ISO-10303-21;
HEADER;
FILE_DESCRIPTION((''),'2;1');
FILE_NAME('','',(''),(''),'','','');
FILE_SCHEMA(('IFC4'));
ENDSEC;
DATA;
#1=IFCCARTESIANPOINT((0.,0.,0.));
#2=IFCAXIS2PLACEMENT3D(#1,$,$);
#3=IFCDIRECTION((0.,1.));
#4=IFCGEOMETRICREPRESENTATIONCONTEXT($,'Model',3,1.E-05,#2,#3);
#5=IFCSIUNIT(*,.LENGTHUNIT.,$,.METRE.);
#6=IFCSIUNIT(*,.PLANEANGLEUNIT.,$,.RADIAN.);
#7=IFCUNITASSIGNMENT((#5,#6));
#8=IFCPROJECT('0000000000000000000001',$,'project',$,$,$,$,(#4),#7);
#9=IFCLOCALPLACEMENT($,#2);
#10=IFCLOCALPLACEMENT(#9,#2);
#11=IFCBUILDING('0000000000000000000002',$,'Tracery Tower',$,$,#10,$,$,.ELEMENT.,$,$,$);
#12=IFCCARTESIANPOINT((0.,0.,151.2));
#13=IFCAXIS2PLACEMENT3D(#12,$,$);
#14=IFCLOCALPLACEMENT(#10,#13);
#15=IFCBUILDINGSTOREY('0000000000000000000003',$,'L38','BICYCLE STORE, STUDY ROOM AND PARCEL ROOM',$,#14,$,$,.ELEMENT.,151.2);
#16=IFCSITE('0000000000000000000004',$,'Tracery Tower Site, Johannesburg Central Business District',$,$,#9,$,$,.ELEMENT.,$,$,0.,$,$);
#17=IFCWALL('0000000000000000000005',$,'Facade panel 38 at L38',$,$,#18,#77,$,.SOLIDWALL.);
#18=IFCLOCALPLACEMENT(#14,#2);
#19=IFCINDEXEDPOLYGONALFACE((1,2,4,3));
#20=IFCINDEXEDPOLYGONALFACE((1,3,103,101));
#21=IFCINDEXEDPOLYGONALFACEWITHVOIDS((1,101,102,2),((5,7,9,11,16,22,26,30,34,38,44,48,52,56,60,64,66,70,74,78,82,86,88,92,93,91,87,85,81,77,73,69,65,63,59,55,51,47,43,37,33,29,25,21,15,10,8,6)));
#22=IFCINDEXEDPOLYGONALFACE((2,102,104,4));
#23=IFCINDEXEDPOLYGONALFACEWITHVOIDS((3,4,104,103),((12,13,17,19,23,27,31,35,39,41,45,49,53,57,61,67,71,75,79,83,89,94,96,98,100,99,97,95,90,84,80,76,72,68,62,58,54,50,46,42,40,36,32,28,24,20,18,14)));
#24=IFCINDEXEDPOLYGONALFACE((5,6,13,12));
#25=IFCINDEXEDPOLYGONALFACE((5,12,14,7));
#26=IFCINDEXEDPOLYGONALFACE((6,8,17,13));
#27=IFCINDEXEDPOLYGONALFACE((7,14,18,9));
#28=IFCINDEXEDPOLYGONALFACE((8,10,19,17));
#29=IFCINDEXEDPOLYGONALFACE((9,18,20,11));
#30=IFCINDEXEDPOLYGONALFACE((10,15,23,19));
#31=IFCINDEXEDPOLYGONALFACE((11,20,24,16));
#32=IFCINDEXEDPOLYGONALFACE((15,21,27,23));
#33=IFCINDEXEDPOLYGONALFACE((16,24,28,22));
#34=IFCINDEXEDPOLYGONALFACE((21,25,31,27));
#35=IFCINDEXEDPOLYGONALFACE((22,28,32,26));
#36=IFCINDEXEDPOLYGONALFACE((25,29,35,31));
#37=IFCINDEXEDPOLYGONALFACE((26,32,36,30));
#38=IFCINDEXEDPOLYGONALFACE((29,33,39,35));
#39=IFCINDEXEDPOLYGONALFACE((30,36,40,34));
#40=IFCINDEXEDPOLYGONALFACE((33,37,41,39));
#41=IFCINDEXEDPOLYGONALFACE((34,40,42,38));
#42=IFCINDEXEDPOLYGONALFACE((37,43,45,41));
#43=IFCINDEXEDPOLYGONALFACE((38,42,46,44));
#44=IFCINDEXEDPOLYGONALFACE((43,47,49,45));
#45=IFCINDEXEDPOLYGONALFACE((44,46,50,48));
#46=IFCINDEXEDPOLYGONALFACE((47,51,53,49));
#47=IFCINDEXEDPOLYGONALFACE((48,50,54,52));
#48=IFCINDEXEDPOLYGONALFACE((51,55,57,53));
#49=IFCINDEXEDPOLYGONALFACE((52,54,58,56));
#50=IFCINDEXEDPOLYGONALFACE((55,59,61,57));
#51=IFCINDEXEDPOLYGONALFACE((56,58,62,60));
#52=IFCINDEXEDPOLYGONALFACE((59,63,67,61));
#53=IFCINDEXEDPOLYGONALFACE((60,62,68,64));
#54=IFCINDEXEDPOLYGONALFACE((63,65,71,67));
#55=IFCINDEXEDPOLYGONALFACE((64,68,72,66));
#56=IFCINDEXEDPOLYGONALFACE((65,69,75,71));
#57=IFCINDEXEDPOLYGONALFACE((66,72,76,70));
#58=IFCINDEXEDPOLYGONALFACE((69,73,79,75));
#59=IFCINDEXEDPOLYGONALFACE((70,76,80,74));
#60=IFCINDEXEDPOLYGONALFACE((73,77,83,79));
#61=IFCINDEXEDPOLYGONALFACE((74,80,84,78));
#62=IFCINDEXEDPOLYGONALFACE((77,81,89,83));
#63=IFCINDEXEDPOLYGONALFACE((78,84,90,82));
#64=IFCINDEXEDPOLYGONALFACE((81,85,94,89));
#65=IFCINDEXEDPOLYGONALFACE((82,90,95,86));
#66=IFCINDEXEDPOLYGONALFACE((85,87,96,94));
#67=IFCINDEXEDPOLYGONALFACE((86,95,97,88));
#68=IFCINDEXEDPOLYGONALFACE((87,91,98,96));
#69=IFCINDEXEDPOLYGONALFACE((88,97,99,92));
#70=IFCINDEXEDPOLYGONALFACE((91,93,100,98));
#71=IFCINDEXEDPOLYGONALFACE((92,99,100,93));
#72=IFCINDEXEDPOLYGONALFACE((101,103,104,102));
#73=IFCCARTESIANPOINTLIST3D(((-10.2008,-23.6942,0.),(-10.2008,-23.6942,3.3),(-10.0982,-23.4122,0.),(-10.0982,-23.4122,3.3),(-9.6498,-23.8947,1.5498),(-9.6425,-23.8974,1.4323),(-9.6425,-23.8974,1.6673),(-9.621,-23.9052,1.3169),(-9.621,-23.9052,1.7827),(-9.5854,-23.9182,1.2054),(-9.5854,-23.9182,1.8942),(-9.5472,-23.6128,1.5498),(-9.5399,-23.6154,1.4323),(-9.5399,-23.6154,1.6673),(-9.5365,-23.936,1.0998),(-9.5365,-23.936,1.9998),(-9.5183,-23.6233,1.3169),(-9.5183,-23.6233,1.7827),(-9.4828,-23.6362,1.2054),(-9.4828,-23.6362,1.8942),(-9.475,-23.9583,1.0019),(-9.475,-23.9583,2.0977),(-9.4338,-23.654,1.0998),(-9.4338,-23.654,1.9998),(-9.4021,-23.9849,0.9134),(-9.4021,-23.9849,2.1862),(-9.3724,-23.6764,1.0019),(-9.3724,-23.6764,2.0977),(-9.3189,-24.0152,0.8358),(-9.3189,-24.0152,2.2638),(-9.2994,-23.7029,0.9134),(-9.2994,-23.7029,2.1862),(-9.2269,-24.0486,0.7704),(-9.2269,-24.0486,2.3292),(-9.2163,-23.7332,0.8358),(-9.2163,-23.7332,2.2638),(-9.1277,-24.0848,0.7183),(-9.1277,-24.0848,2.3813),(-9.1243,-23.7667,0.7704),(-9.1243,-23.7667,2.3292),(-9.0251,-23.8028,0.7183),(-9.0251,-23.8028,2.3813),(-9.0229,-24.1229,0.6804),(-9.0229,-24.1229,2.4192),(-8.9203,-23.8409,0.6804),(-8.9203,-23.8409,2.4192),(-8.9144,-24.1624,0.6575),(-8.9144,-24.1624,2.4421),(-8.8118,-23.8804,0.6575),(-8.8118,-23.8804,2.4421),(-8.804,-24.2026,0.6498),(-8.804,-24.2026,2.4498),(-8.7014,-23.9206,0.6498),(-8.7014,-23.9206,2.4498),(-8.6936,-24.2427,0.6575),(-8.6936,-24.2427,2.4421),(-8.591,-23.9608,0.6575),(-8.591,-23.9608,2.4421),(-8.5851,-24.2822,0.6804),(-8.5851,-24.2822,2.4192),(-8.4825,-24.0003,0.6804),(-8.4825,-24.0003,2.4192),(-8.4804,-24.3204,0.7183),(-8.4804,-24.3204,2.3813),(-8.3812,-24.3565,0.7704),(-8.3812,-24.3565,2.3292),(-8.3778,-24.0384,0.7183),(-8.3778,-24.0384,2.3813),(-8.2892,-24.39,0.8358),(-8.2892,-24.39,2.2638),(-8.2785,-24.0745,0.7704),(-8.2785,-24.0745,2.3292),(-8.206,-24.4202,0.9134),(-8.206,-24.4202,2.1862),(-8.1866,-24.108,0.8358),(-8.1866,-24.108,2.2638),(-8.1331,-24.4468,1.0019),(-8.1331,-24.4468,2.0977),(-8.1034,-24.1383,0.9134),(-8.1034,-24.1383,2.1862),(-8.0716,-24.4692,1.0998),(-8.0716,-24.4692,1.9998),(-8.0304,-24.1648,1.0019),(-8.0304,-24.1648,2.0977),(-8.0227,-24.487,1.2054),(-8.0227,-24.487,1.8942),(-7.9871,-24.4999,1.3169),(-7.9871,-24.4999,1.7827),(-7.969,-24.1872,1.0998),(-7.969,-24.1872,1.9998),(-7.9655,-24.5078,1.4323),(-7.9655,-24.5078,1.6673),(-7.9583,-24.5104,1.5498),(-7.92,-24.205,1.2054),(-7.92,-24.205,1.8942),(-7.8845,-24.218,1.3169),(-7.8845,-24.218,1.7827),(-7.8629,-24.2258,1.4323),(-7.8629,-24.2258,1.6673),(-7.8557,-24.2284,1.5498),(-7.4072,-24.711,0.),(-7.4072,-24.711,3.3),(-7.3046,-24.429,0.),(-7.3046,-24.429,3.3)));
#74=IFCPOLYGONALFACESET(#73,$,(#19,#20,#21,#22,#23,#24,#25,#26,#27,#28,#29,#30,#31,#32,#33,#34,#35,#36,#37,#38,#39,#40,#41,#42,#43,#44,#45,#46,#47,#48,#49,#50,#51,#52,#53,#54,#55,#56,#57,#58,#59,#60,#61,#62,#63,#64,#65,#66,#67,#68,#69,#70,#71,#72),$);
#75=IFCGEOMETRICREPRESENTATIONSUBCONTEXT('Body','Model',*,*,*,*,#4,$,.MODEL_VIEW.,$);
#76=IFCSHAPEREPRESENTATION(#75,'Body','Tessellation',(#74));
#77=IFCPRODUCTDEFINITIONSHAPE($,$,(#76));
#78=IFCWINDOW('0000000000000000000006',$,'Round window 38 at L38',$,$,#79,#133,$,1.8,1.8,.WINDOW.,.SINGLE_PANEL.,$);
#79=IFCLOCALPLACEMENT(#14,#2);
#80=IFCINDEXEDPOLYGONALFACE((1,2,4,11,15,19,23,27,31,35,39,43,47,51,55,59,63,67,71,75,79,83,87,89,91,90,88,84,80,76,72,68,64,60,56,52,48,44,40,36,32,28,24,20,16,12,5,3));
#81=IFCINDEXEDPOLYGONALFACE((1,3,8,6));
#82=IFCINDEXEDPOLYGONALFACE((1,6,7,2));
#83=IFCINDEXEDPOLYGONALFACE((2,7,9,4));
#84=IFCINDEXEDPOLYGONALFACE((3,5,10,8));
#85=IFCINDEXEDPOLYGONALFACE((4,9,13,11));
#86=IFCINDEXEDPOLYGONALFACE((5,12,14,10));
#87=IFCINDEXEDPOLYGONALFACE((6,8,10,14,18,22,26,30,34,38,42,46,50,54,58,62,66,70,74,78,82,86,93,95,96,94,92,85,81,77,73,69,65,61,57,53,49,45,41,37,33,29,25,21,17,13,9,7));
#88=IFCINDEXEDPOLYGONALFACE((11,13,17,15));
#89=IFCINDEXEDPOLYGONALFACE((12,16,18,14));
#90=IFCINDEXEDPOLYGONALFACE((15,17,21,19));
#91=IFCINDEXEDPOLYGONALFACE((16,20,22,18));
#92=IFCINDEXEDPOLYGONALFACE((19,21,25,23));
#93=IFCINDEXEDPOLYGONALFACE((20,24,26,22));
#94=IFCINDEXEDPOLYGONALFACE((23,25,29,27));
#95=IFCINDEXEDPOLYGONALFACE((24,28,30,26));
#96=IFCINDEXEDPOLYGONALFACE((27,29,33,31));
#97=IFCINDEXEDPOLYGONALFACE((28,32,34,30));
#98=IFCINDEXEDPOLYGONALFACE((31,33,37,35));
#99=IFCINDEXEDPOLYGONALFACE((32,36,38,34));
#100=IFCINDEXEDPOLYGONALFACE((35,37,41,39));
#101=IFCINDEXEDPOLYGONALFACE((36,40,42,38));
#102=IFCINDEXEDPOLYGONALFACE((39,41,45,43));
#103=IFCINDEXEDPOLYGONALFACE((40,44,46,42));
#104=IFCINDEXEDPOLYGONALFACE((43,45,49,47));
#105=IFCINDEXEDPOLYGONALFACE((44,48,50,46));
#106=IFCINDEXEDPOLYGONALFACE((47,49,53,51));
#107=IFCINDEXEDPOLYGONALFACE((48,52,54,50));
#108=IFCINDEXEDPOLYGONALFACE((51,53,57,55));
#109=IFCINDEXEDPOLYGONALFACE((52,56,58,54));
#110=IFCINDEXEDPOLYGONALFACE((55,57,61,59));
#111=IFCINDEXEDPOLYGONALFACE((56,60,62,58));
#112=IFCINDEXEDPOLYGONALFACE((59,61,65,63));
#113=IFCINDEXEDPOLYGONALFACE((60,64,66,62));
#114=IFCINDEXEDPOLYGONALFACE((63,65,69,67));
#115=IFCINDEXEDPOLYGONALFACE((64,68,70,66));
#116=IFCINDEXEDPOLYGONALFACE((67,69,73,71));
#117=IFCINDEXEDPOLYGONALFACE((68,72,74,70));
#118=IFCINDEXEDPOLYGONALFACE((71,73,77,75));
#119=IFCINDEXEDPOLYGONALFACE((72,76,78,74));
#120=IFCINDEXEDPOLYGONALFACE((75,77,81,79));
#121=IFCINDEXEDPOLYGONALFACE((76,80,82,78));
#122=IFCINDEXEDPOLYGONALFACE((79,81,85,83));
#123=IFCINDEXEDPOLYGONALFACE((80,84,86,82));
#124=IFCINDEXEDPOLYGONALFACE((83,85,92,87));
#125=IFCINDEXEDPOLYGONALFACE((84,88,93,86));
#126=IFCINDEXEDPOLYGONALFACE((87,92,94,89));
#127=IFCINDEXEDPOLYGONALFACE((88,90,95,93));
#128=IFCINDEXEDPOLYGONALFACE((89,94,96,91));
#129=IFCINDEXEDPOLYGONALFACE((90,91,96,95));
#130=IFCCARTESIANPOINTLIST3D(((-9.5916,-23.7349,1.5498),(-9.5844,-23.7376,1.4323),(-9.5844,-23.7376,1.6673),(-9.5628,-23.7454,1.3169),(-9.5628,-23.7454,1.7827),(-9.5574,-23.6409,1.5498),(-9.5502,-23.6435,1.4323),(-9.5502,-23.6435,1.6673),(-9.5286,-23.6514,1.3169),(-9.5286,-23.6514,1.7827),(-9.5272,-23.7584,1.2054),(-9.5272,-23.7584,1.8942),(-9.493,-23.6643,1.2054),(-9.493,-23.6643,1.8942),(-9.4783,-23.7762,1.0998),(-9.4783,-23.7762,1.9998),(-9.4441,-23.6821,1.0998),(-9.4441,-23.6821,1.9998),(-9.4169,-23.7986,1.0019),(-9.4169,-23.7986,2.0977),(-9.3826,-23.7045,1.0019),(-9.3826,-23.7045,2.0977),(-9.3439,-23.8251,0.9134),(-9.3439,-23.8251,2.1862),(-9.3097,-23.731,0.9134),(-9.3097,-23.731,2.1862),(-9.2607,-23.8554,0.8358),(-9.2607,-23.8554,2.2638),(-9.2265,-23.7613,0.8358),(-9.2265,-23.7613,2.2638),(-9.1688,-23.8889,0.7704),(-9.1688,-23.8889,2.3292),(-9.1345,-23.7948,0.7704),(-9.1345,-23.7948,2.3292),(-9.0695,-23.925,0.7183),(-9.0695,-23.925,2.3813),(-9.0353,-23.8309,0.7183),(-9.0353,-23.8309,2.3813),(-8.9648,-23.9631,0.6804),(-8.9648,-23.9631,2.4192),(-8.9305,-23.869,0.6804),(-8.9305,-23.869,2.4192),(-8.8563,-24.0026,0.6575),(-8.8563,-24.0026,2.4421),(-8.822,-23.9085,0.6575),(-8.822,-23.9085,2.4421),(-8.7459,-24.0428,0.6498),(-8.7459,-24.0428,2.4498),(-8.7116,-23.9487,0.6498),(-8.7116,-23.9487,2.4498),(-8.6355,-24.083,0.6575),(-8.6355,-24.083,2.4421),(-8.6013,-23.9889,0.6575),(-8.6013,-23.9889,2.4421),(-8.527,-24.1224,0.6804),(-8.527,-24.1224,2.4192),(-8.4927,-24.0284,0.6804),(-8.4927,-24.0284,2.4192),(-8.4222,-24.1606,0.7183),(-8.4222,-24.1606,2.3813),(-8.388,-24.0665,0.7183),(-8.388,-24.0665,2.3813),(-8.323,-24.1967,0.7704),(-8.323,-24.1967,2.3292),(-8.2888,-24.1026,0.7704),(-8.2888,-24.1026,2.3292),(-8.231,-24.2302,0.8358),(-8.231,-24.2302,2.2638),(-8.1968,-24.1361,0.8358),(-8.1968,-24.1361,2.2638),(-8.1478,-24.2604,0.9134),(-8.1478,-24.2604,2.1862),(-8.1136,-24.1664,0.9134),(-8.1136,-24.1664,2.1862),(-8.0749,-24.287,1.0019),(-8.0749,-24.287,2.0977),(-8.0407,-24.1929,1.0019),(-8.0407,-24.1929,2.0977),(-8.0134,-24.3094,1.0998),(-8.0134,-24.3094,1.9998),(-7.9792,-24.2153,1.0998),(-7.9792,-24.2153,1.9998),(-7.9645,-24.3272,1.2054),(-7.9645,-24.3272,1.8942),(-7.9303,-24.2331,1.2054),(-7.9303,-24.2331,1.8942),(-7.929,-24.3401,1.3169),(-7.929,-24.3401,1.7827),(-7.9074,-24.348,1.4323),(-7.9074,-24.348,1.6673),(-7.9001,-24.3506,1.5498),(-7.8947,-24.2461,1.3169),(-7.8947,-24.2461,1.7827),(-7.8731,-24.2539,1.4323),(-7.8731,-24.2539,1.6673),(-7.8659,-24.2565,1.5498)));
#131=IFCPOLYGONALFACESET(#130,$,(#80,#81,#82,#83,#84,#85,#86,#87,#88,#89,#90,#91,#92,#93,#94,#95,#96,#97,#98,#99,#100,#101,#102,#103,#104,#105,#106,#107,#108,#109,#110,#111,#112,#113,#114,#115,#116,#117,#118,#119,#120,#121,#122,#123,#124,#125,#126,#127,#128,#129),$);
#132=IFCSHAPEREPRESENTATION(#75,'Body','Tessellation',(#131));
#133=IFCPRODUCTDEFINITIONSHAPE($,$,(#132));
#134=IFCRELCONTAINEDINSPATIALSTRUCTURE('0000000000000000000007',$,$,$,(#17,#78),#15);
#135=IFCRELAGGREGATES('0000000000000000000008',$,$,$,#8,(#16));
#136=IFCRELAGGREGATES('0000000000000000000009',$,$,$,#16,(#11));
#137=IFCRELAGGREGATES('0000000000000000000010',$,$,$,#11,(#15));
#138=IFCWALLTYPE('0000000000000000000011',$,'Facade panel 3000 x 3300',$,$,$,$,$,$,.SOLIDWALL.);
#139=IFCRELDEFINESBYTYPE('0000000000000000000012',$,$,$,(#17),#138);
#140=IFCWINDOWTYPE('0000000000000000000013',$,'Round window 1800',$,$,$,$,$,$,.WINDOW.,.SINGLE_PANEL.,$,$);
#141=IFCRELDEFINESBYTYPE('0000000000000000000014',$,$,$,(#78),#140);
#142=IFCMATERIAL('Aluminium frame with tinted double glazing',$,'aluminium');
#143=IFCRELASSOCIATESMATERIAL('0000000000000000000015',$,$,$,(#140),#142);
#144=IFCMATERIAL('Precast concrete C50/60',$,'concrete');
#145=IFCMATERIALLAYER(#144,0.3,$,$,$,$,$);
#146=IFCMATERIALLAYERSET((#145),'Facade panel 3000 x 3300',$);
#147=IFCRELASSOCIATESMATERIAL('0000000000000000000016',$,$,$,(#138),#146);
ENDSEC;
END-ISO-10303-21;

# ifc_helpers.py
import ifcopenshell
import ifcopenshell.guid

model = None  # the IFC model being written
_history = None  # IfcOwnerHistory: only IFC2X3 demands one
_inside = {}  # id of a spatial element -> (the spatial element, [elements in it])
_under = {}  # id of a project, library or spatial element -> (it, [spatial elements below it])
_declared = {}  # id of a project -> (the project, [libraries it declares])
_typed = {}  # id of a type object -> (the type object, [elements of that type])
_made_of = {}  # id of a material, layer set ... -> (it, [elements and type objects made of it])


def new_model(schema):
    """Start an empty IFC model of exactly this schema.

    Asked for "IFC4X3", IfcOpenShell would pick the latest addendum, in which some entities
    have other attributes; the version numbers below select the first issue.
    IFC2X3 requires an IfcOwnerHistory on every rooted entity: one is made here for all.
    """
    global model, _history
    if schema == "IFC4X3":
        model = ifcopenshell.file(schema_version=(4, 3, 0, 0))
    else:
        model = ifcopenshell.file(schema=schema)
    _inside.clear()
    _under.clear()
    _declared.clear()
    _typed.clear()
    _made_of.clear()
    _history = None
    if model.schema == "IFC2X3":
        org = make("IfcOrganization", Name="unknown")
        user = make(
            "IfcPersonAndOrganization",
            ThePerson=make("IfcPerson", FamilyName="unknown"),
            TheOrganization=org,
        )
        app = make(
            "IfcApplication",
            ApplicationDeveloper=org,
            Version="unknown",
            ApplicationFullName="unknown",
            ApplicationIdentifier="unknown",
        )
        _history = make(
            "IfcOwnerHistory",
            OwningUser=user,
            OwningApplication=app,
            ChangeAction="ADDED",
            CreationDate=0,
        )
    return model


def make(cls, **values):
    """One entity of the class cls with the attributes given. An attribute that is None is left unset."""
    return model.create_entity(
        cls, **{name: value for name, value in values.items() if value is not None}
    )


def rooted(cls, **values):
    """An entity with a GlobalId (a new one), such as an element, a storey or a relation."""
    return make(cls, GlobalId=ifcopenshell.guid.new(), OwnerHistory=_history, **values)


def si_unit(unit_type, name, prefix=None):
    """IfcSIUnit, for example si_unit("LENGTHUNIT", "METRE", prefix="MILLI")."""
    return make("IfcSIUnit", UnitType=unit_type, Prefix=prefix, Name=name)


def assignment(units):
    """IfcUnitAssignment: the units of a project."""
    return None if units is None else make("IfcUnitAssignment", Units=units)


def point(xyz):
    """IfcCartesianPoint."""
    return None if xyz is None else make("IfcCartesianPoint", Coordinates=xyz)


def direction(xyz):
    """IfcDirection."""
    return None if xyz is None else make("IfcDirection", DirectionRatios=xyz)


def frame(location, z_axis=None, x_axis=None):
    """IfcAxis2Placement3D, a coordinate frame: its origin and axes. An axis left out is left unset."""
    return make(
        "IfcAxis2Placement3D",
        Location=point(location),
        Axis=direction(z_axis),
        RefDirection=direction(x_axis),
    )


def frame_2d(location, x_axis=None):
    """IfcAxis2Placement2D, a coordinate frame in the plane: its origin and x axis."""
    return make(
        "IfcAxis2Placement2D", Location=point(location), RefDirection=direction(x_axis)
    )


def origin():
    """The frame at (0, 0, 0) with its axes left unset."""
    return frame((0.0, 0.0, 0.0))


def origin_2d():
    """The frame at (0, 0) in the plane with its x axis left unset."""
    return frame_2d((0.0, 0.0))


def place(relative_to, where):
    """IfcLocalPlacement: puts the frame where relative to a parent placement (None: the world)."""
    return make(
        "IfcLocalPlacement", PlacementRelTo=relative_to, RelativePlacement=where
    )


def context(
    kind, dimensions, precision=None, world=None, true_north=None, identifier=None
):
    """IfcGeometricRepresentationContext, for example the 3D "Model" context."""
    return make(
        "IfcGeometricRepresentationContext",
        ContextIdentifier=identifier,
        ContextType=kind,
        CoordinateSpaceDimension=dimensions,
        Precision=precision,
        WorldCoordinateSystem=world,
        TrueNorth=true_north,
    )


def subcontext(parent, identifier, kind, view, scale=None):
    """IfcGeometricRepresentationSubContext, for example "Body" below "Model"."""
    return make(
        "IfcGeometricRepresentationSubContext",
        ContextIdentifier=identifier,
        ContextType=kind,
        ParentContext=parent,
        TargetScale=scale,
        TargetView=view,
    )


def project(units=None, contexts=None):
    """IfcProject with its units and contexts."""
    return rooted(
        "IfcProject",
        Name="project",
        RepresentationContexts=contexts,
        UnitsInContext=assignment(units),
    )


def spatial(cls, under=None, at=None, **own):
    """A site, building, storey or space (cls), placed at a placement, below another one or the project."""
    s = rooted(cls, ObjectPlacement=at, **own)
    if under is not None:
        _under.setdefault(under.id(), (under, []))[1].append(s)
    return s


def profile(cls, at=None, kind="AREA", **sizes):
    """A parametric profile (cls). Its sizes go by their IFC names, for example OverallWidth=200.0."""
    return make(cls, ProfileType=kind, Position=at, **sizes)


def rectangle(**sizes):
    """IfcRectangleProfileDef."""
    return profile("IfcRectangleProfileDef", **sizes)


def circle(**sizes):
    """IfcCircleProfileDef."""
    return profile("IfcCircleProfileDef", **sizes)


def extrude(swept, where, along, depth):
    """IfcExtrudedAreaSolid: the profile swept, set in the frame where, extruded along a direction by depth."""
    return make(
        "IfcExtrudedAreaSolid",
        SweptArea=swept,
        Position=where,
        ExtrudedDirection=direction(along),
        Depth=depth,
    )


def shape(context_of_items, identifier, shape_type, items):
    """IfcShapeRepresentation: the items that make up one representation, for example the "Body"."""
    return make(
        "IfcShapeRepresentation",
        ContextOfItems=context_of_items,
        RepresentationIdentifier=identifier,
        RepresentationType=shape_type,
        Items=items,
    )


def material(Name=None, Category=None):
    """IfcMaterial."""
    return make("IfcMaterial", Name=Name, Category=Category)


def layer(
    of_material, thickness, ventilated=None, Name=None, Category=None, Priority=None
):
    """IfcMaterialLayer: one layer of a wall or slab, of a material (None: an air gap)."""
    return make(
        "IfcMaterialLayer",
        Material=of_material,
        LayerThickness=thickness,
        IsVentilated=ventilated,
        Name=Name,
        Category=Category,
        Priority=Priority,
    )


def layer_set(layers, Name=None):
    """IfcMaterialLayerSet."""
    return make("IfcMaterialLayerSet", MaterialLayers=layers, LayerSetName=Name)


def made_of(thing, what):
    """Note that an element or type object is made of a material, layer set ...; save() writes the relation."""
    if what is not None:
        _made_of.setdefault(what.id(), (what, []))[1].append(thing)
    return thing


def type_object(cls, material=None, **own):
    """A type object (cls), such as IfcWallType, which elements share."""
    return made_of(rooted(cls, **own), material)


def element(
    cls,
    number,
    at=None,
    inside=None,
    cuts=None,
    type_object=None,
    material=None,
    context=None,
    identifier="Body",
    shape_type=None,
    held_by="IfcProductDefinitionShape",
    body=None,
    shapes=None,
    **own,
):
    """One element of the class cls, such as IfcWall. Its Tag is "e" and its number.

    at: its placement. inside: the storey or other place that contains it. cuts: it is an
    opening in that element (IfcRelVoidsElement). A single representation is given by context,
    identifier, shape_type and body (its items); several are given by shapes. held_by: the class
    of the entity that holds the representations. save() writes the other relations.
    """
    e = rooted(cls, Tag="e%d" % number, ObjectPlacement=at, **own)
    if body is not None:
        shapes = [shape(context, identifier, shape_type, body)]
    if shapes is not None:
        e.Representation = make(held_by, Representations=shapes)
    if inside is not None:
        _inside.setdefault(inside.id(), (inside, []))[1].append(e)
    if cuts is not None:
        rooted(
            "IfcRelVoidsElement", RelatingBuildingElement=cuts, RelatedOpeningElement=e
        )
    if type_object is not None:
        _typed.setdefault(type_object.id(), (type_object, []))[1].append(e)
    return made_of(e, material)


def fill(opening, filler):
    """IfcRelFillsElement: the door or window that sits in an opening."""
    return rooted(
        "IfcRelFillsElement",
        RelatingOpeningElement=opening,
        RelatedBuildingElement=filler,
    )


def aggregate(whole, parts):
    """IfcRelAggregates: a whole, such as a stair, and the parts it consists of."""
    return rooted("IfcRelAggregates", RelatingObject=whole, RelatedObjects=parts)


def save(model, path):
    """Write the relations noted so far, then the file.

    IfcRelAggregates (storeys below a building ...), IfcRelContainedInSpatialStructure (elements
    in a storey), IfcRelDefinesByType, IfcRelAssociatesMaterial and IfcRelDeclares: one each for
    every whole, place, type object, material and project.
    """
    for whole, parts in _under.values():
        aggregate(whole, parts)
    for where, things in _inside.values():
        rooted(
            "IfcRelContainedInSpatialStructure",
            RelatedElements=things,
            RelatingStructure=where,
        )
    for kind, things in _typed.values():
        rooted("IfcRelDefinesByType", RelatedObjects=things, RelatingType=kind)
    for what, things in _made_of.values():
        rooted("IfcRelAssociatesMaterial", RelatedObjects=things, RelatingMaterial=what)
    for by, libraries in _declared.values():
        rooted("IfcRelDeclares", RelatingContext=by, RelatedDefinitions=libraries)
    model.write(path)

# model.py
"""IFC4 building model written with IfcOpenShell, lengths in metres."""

from ifc_helpers import new_model, si_unit, direction, frame, frame_2d, origin, origin_2d, place, context, subcontext, project, spatial, rectangle, circle, extrude, material, layer, layer_set, type_object, element, fill, save


model = new_model("IFC4")

# Units and contexts
model_context = context("Model", 3, precision=1e-05, world=origin(), true_north=direction((0.0, 1.0)))
body_context = subcontext(model_context, "Body", "Model", "MODEL_VIEW")
ifc_project = project(units=[si_unit("LENGTHUNIT", "METRE"), si_unit("PLANEANGLEUNIT", "RADIAN")], contexts=[model_context])

# Site, building, storey
site_placement = place(None, origin())
site = spatial("IfcSite", under=ifc_project, at=site_placement, Name="Tracery Tower Site, Johannesburg Central Business District", CompositionType="ELEMENT", RefElevation=0.0)
building_placement = place(site_placement, origin())
building = spatial("IfcBuilding", under=site, at=building_placement, Name="Tracery Tower", CompositionType="ELEMENT")
storey_placement = place(building_placement, frame((0.0, 0.0, 151.2)))
storey = spatial("IfcBuildingStorey", under=building, at=storey_placement, Name="L38", Description="BICYCLE STORE, STUDY ROOM AND PARCEL ROOM", CompositionType="ELEMENT", Elevation=151.2)

# Wall, opening, window
ifc_material_1 = material(Name="Aluminium frame with tinted double glazing", Category="aluminium")
window_type = type_object("IfcWindowType", Name="Round window 1800", PartitioningType="SINGLE_PANEL", PredefinedType="WINDOW", material=ifc_material_1)
ifc_material_2 = material(Name="Precast concrete C50/60", Category="concrete")
ifc_layer_1 = layer(ifc_material_2, 0.3)
ifc_layer_set_1 = layer_set([ifc_layer_1], Name="Facade panel 3000 x 3300")
wall_type_1 = type_object("IfcWallType", Name="Facade panel 3000 x 3300", PredefinedType="SOLIDWALL", material=ifc_layer_set_1)
wall_1_placement = place(storey_placement, frame((-10.1494, -23.5532, 0.0), z_axis=(0.0, 0.0, 1.0), x_axis=(0.93969, -0.342027, 0.0)))
wall_1 = element("IfcWall", 1, at=wall_1_placement, inside=storey, type_object=wall_type_1, Name="Facade panel 38 at L38", PredefinedType="SOLIDWALL", context=body_context, shape_type="SweptSolid", body=[
    extrude(rectangle(XDim=2.9729, YDim=0.3, at=frame_2d((1.4863, 0.0))), origin(), (0.0, 0.0, 1.0), 3.3),
])
opening_1_placement = place(wall_1_placement, frame((1.4863, 0.0, 1.5498)))
opening_1 = element("IfcOpeningElement", 2, at=opening_1_placement, cuts=wall_1, PredefinedType="OPENING", context=body_context, shape_type="SweptSolid", body=[
    extrude(circle(Radius=0.9, at=origin_2d()), frame((0.0, 0.1599, 0.0), z_axis=(0.0, -1.0, 0.0), x_axis=(1.0, 0.0, 0.0)), (0.0, 0.0, 1.0), 0.3201),
])
window_1_placement = place(opening_1_placement, origin())
window_1 = element("IfcWindow", 3, at=window_1_placement, inside=storey, type_object=window_type, Name="Round window 38 at L38", OverallHeight=1.8, OverallWidth=1.8, PartitioningType="SINGLE_PANEL", PredefinedType="WINDOW", context=body_context, shape_type="SweptSolid", body=[
    extrude(circle(Radius=0.9, at=origin_2d()), frame((0.0, 0.1201, 0.0), z_axis=(0.0, -1.0, 0.0), x_axis=(1.0, 0.0, 0.0)), (0.0, 0.0, 1.0), 0.1001),
])
fill(opening_1, window_1)

save(model, "model.ifc")
